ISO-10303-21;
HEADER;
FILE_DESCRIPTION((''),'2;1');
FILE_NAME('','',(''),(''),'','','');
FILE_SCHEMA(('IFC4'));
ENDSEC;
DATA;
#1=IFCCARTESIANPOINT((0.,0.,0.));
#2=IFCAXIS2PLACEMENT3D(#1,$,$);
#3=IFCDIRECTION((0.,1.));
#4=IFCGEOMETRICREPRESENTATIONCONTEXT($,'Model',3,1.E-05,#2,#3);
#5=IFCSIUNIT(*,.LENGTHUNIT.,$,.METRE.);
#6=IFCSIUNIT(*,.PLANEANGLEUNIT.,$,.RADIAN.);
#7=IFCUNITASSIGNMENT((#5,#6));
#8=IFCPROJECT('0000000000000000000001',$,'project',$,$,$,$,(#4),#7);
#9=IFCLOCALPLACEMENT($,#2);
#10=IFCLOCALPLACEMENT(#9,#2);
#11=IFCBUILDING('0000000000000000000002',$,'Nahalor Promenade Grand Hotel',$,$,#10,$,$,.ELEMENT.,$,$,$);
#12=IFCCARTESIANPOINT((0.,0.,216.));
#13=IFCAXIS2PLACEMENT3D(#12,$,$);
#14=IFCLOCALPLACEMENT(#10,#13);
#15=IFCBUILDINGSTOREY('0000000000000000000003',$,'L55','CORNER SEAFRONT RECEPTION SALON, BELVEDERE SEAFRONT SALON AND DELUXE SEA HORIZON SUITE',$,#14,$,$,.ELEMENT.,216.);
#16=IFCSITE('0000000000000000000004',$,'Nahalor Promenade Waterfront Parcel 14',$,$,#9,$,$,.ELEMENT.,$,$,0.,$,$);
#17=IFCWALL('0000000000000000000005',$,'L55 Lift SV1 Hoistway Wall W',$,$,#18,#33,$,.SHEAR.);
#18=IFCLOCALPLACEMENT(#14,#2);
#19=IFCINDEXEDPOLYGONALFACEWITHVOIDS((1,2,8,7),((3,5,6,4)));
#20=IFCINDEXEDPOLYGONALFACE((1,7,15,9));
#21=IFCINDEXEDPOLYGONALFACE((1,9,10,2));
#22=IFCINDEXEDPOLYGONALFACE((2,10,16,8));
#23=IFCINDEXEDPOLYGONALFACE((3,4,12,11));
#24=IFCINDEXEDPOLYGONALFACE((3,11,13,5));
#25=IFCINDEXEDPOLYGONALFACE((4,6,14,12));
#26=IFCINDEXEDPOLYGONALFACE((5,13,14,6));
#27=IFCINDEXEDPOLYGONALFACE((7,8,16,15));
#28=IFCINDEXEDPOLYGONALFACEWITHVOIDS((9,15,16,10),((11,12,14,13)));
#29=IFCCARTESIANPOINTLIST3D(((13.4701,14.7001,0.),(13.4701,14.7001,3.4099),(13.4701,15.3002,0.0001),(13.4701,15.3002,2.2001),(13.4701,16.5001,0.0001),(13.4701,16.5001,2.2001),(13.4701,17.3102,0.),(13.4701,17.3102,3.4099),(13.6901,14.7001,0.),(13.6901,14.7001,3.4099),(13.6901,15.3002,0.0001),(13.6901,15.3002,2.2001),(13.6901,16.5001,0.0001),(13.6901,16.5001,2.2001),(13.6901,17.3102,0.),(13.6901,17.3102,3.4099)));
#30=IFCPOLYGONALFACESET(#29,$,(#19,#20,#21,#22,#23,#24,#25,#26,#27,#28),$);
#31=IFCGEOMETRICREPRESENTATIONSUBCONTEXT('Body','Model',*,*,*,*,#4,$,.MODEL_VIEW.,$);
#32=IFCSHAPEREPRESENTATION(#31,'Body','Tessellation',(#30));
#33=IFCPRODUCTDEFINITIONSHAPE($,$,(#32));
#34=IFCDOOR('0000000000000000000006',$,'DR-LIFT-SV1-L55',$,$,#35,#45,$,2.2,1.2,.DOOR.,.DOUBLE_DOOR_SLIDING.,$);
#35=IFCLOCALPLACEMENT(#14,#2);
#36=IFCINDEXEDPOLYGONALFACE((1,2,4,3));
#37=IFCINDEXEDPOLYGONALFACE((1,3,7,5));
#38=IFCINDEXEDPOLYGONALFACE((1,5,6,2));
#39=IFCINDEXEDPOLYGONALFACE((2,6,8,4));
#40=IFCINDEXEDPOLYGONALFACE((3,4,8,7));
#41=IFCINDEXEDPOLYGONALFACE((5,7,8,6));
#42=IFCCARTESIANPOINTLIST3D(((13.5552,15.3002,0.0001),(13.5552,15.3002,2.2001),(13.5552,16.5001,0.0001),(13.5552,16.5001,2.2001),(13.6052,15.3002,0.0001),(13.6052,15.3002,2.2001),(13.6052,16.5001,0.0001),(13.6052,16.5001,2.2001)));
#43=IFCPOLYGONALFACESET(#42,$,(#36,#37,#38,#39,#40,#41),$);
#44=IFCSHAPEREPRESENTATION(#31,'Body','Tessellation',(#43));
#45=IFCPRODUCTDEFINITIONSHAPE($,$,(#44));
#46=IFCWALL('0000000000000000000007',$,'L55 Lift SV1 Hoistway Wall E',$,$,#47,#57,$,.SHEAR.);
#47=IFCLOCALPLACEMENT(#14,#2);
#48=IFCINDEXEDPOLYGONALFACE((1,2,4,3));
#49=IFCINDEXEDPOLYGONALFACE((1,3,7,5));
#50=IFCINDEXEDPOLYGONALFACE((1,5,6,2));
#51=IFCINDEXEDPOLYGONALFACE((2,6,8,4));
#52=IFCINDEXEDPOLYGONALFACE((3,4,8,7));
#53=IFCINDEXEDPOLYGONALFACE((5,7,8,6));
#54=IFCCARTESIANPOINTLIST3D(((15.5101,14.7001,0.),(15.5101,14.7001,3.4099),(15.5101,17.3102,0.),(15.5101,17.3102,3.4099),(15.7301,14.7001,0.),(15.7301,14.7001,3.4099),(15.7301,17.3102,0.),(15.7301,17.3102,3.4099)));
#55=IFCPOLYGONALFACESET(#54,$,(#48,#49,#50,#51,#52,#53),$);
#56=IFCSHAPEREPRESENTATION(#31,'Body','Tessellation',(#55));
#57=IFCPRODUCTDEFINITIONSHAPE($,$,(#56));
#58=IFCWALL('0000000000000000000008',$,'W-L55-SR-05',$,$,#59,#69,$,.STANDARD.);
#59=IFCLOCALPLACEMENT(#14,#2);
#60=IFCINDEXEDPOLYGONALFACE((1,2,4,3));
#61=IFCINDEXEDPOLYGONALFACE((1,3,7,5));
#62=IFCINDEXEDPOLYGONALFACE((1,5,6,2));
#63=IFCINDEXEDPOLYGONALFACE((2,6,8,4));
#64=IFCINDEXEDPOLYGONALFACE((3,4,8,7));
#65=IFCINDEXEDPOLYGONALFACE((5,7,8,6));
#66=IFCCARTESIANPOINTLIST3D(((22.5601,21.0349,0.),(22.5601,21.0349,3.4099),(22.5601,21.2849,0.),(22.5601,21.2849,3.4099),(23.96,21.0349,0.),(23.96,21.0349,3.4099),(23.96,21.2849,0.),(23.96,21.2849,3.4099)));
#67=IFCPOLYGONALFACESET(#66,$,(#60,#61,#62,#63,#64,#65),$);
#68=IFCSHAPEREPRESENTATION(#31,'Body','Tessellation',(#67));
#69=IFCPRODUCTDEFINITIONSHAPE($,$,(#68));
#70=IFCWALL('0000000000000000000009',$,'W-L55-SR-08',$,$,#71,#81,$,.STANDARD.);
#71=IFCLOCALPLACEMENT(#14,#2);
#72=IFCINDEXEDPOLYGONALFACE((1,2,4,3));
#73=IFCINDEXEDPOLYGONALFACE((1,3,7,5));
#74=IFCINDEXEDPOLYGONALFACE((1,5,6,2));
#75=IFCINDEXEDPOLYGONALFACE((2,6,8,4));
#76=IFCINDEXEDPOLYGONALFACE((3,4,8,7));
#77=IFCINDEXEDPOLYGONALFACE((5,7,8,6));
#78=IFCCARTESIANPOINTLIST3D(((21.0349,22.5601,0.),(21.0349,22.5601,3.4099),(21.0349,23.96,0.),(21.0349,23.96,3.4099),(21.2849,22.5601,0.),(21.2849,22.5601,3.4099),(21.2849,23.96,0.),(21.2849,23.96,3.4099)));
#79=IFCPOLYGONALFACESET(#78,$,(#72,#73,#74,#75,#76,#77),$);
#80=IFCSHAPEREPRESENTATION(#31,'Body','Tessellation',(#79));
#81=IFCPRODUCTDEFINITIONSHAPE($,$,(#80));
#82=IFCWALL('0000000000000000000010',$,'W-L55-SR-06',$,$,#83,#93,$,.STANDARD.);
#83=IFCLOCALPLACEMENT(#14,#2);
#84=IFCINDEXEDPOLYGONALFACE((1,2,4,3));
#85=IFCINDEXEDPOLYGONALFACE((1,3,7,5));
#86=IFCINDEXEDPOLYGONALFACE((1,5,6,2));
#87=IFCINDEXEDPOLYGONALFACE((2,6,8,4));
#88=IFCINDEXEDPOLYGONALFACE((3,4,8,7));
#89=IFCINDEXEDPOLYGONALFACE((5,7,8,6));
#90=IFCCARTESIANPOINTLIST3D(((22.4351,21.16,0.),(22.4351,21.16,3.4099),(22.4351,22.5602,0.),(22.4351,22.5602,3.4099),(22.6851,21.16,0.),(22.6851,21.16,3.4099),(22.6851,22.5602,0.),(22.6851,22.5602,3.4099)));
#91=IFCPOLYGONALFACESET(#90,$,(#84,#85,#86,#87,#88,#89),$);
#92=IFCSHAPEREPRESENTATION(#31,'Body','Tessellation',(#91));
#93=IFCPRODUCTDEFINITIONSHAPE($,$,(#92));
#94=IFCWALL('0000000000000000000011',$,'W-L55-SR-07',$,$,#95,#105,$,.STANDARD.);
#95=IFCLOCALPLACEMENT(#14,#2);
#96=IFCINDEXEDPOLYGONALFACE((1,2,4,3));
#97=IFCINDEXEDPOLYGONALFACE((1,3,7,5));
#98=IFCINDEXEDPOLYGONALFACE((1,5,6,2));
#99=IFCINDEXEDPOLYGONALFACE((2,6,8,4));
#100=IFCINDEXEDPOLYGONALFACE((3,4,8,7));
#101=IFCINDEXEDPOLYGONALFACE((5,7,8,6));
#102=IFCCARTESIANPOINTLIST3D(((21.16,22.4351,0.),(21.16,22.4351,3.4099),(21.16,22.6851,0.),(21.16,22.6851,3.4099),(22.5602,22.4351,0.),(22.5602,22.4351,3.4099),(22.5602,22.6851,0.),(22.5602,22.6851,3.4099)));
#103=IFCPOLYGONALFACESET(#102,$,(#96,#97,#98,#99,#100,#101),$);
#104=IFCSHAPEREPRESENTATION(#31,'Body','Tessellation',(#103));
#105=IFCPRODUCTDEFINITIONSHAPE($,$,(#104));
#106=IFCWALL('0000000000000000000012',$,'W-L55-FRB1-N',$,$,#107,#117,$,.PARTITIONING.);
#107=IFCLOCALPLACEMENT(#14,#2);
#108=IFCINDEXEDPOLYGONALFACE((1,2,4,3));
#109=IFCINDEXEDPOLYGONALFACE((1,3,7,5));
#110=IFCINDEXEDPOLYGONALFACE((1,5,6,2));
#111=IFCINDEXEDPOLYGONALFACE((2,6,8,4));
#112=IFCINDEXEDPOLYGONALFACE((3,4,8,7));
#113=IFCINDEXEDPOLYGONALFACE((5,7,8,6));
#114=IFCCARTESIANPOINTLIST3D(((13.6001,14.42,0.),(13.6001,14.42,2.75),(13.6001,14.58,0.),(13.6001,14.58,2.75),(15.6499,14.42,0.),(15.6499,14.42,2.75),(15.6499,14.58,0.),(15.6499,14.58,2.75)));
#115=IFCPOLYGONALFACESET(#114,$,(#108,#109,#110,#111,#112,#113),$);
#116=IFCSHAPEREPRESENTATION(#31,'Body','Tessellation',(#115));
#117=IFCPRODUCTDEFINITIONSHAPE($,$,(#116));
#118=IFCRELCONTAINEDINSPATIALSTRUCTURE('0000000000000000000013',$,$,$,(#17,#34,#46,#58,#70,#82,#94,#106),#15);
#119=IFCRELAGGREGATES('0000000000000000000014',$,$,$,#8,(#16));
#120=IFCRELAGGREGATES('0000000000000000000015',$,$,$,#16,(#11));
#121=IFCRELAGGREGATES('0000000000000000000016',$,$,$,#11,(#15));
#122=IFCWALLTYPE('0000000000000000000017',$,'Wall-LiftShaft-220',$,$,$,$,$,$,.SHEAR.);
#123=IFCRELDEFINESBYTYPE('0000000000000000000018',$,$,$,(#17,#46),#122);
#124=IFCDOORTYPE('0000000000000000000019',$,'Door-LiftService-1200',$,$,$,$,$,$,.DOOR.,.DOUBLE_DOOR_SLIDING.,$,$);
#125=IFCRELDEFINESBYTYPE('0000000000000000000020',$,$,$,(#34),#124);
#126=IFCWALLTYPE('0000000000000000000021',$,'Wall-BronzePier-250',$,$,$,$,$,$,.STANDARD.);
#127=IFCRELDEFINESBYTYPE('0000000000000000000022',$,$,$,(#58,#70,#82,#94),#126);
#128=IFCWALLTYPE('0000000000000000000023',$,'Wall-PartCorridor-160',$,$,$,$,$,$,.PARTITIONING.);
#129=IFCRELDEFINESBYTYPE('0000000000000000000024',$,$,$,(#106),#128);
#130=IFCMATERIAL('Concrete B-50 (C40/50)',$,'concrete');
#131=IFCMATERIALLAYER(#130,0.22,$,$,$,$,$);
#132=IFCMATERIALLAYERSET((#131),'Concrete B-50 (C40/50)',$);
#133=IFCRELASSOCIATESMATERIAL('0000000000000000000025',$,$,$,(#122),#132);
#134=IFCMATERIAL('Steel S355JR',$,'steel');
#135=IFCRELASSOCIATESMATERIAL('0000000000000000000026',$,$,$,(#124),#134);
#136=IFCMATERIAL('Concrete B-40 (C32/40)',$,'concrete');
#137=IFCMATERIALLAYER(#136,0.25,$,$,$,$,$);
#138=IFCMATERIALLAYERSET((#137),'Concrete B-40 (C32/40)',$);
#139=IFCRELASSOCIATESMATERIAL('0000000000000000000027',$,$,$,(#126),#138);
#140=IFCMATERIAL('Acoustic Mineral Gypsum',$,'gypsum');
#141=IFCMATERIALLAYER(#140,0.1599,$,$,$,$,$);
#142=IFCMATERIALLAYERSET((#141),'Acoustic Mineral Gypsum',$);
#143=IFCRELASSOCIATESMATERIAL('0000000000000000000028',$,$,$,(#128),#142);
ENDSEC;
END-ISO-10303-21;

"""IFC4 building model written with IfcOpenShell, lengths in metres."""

from ifc_helpers import new_model, si_unit, direction, frame, frame_2d, origin, place, context, subcontext, project, spatial, rectangle, extrude, source, transform, mapped, material, layer, layer_set, type_object, element, fill, save


model = new_model("IFC4")

# Units and contexts
model_context = context("Model", 3, precision=1e-05, world=origin(), true_north=direction((0.0, 1.0)))
body_context = subcontext(model_context, "Body", "Model", "MODEL_VIEW")
ifc_project = project(units=[si_unit("LENGTHUNIT", "METRE"), si_unit("PLANEANGLEUNIT", "RADIAN")], contexts=[model_context])

# Site, building, storey
site_placement = place(None, origin())
site = spatial("IfcSite", under=ifc_project, at=site_placement, Name="Nahalor Promenade Waterfront Parcel 14", CompositionType="ELEMENT", RefElevation=0.0)
building_placement = place(site_placement, origin())
building = spatial("IfcBuilding", under=site, at=building_placement, Name="Nahalor Promenade Grand Hotel", CompositionType="ELEMENT")
storey_placement = place(building_placement, frame((0.0, 0.0, 216.0)))
storey = spatial("IfcBuildingStorey", under=building, at=storey_placement, Name="L55", Description="CORNER SEAFRONT RECEPTION SALON, BELVEDERE SEAFRONT SALON AND DELUXE SEA HORIZON SUITE", CompositionType="ELEMENT", Elevation=216.0)

# Shared definitions
ifc_material_1 = material(Name="Steel S355JR", Category="steel")

# Shared definitions
ifc_material_2 = material(Name="Concrete B-50 (C40/50)", Category="concrete")
ifc_layer_1 = layer(ifc_material_2, 0.22)
ifc_layer_set_1 = layer_set([ifc_layer_1], Name="Concrete B-50 (C40/50)")
wall_type_1 = type_object("IfcWallType", Name="Wall-LiftShaft-220", PredefinedType="SHEAR", material=ifc_layer_set_1)

# Wall, opening, door
shared_shape_1 = source(origin(), body_context, "Body", "SweptSolid", [
    extrude(rectangle(XDim=2.6101, YDim=0.22, at=frame_2d((1.3052, 0.0))), origin(), (0.0, 0.0, 1.0), 3.4099),
])
wall_1_placement = place(storey_placement, frame((13.5801, 14.7, 0.0), z_axis=(0.0, 0.0, 1.0), x_axis=(0.0, 1.0, 0.0)))
wall_1 = element("IfcWall", 1, at=wall_1_placement, inside=storey, type_object=wall_type_1, Name="L55 Lift SV1 Hoistway Wall W", PredefinedType="SHEAR", context=body_context, shape_type="MappedRepresentation", body=[
    mapped(shared_shape_1, transform((0.0, 0.0, 0.0), scale=1.0)),
])
opening_placement = place(wall_1_placement, frame((0.6001, 0.0, 0.0)))
opening = element("IfcOpeningElement", 2, at=opening_placement, cuts=wall_1, PredefinedType="OPENING", context=body_context, shape_type="SweptSolid", body=[
    extrude(rectangle(XDim=1.2, YDim=2.2, at=frame_2d((0.6001, 1.1001))), frame((0.0, 0.1199, 0.0), z_axis=(0.0, -1.0, 0.0), x_axis=(1.0, 0.0, 0.0)), (0.0, 0.0, 1.0), 0.24),
])
door_type = type_object("IfcDoorType", Name="Door-LiftService-1200", OperationType="DOUBLE_DOOR_SLIDING", PredefinedType="DOOR", material=ifc_material_1)
shared_shape_2 = source(origin(), body_context, "Body", "SweptSolid", [
    extrude(rectangle(XDim=1.2, YDim=2.2, at=frame_2d((0.6001, 1.1001))), frame((0.0, 0.0249, 0.0), z_axis=(0.0, -1.0, 0.0), x_axis=(1.0, 0.0, 0.0)), (0.0, 0.0, 1.0), 0.05),
])
door_placement = place(opening_placement, origin())
door = element("IfcDoor", 3, at=door_placement, inside=storey, type_object=door_type, Name="DR-LIFT-SV1-L55", OperationType="DOUBLE_DOOR_SLIDING", OverallHeight=2.2, OverallWidth=1.2, PredefinedType="DOOR", context=body_context, shape_type="MappedRepresentation", body=[
    mapped(shared_shape_2, transform((0.0, 0.0, 0.0), scale=1.0)),
])
fill(opening, door)

# Walls
wall_2_placement = place(storey_placement, frame((15.6201, 14.7, 0.0), z_axis=(0.0, 0.0, 1.0), x_axis=(0.0, 1.0, 0.0)))
element("IfcWall", 4, at=wall_2_placement, inside=storey, type_object=wall_type_1, Name="L55 Lift SV1 Hoistway Wall E", PredefinedType="SHEAR", context=body_context, shape_type="MappedRepresentation", body=[
    mapped(shared_shape_1, transform((0.0, 0.0, 0.0), scale=1.0)),
])
ifc_material_3 = material(Name="Concrete B-40 (C32/40)", Category="concrete")
ifc_layer_2 = layer(ifc_material_3, 0.25)
ifc_layer_set_2 = layer_set([ifc_layer_2], Name="Concrete B-40 (C32/40)")
wall_type_2 = type_object("IfcWallType", Name="Wall-BronzePier-250", PredefinedType="STANDARD", material=ifc_layer_set_2)
shared_shape_3 = source(origin(), body_context, "Body", "SweptSolid", [
    extrude(rectangle(XDim=1.3999, YDim=0.25, at=frame_2d((0.7, 0.0))), origin(), (0.0, 0.0, 1.0), 3.4099),
])
for number, where, z_axis, x_axis, name in (
    (5, (22.5601, 21.1599, 0.0), (0.0, 0.0, 1.0), (1.0, 0.0, 0.0), "W-L55-SR-05"),
    (6, (21.1599, 22.5601, 0.0), (0.0, 0.0, 1.0), (0.0, 1.0, 0.0), "W-L55-SR-08"),
):
    element("IfcWall", number, at=place(storey_placement, frame(where, z_axis=z_axis, x_axis=x_axis)), inside=storey, type_object=wall_type_2, Name=name, PredefinedType="STANDARD", context=body_context, shape_type="MappedRepresentation", body=[
        mapped(shared_shape_3, transform((0.0, 0.0, 0.0), scale=1.0)),
    ])
shared_shape_4 = source(origin(), body_context, "Body", "SweptSolid", [
    extrude(rectangle(XDim=1.4001, YDim=0.25, at=frame_2d((0.7002, 0.0))), origin(), (0.0, 0.0, 1.0), 3.4099),
])
for number, where, z_axis, x_axis, name in (
    (7, (22.5601, 21.1599, 0.0), (0.0, 0.0, 1.0), (0.0, 1.0, 0.0), "W-L55-SR-06"),
    (8, (21.1599, 22.5601, 0.0), (0.0, 0.0, 1.0), (1.0, 0.0, 0.0), "W-L55-SR-07"),
):
    element("IfcWall", number, at=place(storey_placement, frame(where, z_axis=z_axis, x_axis=x_axis)), inside=storey, type_object=wall_type_2, Name=name, PredefinedType="STANDARD", context=body_context, shape_type="MappedRepresentation", body=[
        mapped(shared_shape_4, transform((0.0, 0.0, 0.0), scale=1.0)),
    ])
ifc_material_4 = material(Name="Acoustic Mineral Gypsum", Category="gypsum")
ifc_layer_3 = layer(ifc_material_4, 0.1599)
ifc_layer_set_3 = layer_set([ifc_layer_3], Name="Acoustic Mineral Gypsum")
wall_type_3 = type_object("IfcWallType", Name="Wall-PartCorridor-160", PredefinedType="PARTITIONING", material=ifc_layer_set_3)
shared_shape_5 = source(origin(), body_context, "Body", "SweptSolid", [
    extrude(rectangle(XDim=2.0498, YDim=0.1599, at=frame_2d((1.0249, 0.0))), origin(), (0.0, 0.0, 1.0), 2.75),
])
wall_3_placement = place(storey_placement, frame((13.6001, 14.5, 0.0), z_axis=(0.0, 0.0, 1.0), x_axis=(1.0, 0.0, 0.0)))
element("IfcWall", 9, at=wall_3_placement, inside=storey, type_object=wall_type_3, Name="W-L55-FRB1-N", PredefinedType="PARTITIONING", context=body_context, shape_type="MappedRepresentation", body=[
    mapped(shared_shape_5, transform((0.0, 0.0, 0.0), scale=1.0)),
])

save(model, "model.ifc")
